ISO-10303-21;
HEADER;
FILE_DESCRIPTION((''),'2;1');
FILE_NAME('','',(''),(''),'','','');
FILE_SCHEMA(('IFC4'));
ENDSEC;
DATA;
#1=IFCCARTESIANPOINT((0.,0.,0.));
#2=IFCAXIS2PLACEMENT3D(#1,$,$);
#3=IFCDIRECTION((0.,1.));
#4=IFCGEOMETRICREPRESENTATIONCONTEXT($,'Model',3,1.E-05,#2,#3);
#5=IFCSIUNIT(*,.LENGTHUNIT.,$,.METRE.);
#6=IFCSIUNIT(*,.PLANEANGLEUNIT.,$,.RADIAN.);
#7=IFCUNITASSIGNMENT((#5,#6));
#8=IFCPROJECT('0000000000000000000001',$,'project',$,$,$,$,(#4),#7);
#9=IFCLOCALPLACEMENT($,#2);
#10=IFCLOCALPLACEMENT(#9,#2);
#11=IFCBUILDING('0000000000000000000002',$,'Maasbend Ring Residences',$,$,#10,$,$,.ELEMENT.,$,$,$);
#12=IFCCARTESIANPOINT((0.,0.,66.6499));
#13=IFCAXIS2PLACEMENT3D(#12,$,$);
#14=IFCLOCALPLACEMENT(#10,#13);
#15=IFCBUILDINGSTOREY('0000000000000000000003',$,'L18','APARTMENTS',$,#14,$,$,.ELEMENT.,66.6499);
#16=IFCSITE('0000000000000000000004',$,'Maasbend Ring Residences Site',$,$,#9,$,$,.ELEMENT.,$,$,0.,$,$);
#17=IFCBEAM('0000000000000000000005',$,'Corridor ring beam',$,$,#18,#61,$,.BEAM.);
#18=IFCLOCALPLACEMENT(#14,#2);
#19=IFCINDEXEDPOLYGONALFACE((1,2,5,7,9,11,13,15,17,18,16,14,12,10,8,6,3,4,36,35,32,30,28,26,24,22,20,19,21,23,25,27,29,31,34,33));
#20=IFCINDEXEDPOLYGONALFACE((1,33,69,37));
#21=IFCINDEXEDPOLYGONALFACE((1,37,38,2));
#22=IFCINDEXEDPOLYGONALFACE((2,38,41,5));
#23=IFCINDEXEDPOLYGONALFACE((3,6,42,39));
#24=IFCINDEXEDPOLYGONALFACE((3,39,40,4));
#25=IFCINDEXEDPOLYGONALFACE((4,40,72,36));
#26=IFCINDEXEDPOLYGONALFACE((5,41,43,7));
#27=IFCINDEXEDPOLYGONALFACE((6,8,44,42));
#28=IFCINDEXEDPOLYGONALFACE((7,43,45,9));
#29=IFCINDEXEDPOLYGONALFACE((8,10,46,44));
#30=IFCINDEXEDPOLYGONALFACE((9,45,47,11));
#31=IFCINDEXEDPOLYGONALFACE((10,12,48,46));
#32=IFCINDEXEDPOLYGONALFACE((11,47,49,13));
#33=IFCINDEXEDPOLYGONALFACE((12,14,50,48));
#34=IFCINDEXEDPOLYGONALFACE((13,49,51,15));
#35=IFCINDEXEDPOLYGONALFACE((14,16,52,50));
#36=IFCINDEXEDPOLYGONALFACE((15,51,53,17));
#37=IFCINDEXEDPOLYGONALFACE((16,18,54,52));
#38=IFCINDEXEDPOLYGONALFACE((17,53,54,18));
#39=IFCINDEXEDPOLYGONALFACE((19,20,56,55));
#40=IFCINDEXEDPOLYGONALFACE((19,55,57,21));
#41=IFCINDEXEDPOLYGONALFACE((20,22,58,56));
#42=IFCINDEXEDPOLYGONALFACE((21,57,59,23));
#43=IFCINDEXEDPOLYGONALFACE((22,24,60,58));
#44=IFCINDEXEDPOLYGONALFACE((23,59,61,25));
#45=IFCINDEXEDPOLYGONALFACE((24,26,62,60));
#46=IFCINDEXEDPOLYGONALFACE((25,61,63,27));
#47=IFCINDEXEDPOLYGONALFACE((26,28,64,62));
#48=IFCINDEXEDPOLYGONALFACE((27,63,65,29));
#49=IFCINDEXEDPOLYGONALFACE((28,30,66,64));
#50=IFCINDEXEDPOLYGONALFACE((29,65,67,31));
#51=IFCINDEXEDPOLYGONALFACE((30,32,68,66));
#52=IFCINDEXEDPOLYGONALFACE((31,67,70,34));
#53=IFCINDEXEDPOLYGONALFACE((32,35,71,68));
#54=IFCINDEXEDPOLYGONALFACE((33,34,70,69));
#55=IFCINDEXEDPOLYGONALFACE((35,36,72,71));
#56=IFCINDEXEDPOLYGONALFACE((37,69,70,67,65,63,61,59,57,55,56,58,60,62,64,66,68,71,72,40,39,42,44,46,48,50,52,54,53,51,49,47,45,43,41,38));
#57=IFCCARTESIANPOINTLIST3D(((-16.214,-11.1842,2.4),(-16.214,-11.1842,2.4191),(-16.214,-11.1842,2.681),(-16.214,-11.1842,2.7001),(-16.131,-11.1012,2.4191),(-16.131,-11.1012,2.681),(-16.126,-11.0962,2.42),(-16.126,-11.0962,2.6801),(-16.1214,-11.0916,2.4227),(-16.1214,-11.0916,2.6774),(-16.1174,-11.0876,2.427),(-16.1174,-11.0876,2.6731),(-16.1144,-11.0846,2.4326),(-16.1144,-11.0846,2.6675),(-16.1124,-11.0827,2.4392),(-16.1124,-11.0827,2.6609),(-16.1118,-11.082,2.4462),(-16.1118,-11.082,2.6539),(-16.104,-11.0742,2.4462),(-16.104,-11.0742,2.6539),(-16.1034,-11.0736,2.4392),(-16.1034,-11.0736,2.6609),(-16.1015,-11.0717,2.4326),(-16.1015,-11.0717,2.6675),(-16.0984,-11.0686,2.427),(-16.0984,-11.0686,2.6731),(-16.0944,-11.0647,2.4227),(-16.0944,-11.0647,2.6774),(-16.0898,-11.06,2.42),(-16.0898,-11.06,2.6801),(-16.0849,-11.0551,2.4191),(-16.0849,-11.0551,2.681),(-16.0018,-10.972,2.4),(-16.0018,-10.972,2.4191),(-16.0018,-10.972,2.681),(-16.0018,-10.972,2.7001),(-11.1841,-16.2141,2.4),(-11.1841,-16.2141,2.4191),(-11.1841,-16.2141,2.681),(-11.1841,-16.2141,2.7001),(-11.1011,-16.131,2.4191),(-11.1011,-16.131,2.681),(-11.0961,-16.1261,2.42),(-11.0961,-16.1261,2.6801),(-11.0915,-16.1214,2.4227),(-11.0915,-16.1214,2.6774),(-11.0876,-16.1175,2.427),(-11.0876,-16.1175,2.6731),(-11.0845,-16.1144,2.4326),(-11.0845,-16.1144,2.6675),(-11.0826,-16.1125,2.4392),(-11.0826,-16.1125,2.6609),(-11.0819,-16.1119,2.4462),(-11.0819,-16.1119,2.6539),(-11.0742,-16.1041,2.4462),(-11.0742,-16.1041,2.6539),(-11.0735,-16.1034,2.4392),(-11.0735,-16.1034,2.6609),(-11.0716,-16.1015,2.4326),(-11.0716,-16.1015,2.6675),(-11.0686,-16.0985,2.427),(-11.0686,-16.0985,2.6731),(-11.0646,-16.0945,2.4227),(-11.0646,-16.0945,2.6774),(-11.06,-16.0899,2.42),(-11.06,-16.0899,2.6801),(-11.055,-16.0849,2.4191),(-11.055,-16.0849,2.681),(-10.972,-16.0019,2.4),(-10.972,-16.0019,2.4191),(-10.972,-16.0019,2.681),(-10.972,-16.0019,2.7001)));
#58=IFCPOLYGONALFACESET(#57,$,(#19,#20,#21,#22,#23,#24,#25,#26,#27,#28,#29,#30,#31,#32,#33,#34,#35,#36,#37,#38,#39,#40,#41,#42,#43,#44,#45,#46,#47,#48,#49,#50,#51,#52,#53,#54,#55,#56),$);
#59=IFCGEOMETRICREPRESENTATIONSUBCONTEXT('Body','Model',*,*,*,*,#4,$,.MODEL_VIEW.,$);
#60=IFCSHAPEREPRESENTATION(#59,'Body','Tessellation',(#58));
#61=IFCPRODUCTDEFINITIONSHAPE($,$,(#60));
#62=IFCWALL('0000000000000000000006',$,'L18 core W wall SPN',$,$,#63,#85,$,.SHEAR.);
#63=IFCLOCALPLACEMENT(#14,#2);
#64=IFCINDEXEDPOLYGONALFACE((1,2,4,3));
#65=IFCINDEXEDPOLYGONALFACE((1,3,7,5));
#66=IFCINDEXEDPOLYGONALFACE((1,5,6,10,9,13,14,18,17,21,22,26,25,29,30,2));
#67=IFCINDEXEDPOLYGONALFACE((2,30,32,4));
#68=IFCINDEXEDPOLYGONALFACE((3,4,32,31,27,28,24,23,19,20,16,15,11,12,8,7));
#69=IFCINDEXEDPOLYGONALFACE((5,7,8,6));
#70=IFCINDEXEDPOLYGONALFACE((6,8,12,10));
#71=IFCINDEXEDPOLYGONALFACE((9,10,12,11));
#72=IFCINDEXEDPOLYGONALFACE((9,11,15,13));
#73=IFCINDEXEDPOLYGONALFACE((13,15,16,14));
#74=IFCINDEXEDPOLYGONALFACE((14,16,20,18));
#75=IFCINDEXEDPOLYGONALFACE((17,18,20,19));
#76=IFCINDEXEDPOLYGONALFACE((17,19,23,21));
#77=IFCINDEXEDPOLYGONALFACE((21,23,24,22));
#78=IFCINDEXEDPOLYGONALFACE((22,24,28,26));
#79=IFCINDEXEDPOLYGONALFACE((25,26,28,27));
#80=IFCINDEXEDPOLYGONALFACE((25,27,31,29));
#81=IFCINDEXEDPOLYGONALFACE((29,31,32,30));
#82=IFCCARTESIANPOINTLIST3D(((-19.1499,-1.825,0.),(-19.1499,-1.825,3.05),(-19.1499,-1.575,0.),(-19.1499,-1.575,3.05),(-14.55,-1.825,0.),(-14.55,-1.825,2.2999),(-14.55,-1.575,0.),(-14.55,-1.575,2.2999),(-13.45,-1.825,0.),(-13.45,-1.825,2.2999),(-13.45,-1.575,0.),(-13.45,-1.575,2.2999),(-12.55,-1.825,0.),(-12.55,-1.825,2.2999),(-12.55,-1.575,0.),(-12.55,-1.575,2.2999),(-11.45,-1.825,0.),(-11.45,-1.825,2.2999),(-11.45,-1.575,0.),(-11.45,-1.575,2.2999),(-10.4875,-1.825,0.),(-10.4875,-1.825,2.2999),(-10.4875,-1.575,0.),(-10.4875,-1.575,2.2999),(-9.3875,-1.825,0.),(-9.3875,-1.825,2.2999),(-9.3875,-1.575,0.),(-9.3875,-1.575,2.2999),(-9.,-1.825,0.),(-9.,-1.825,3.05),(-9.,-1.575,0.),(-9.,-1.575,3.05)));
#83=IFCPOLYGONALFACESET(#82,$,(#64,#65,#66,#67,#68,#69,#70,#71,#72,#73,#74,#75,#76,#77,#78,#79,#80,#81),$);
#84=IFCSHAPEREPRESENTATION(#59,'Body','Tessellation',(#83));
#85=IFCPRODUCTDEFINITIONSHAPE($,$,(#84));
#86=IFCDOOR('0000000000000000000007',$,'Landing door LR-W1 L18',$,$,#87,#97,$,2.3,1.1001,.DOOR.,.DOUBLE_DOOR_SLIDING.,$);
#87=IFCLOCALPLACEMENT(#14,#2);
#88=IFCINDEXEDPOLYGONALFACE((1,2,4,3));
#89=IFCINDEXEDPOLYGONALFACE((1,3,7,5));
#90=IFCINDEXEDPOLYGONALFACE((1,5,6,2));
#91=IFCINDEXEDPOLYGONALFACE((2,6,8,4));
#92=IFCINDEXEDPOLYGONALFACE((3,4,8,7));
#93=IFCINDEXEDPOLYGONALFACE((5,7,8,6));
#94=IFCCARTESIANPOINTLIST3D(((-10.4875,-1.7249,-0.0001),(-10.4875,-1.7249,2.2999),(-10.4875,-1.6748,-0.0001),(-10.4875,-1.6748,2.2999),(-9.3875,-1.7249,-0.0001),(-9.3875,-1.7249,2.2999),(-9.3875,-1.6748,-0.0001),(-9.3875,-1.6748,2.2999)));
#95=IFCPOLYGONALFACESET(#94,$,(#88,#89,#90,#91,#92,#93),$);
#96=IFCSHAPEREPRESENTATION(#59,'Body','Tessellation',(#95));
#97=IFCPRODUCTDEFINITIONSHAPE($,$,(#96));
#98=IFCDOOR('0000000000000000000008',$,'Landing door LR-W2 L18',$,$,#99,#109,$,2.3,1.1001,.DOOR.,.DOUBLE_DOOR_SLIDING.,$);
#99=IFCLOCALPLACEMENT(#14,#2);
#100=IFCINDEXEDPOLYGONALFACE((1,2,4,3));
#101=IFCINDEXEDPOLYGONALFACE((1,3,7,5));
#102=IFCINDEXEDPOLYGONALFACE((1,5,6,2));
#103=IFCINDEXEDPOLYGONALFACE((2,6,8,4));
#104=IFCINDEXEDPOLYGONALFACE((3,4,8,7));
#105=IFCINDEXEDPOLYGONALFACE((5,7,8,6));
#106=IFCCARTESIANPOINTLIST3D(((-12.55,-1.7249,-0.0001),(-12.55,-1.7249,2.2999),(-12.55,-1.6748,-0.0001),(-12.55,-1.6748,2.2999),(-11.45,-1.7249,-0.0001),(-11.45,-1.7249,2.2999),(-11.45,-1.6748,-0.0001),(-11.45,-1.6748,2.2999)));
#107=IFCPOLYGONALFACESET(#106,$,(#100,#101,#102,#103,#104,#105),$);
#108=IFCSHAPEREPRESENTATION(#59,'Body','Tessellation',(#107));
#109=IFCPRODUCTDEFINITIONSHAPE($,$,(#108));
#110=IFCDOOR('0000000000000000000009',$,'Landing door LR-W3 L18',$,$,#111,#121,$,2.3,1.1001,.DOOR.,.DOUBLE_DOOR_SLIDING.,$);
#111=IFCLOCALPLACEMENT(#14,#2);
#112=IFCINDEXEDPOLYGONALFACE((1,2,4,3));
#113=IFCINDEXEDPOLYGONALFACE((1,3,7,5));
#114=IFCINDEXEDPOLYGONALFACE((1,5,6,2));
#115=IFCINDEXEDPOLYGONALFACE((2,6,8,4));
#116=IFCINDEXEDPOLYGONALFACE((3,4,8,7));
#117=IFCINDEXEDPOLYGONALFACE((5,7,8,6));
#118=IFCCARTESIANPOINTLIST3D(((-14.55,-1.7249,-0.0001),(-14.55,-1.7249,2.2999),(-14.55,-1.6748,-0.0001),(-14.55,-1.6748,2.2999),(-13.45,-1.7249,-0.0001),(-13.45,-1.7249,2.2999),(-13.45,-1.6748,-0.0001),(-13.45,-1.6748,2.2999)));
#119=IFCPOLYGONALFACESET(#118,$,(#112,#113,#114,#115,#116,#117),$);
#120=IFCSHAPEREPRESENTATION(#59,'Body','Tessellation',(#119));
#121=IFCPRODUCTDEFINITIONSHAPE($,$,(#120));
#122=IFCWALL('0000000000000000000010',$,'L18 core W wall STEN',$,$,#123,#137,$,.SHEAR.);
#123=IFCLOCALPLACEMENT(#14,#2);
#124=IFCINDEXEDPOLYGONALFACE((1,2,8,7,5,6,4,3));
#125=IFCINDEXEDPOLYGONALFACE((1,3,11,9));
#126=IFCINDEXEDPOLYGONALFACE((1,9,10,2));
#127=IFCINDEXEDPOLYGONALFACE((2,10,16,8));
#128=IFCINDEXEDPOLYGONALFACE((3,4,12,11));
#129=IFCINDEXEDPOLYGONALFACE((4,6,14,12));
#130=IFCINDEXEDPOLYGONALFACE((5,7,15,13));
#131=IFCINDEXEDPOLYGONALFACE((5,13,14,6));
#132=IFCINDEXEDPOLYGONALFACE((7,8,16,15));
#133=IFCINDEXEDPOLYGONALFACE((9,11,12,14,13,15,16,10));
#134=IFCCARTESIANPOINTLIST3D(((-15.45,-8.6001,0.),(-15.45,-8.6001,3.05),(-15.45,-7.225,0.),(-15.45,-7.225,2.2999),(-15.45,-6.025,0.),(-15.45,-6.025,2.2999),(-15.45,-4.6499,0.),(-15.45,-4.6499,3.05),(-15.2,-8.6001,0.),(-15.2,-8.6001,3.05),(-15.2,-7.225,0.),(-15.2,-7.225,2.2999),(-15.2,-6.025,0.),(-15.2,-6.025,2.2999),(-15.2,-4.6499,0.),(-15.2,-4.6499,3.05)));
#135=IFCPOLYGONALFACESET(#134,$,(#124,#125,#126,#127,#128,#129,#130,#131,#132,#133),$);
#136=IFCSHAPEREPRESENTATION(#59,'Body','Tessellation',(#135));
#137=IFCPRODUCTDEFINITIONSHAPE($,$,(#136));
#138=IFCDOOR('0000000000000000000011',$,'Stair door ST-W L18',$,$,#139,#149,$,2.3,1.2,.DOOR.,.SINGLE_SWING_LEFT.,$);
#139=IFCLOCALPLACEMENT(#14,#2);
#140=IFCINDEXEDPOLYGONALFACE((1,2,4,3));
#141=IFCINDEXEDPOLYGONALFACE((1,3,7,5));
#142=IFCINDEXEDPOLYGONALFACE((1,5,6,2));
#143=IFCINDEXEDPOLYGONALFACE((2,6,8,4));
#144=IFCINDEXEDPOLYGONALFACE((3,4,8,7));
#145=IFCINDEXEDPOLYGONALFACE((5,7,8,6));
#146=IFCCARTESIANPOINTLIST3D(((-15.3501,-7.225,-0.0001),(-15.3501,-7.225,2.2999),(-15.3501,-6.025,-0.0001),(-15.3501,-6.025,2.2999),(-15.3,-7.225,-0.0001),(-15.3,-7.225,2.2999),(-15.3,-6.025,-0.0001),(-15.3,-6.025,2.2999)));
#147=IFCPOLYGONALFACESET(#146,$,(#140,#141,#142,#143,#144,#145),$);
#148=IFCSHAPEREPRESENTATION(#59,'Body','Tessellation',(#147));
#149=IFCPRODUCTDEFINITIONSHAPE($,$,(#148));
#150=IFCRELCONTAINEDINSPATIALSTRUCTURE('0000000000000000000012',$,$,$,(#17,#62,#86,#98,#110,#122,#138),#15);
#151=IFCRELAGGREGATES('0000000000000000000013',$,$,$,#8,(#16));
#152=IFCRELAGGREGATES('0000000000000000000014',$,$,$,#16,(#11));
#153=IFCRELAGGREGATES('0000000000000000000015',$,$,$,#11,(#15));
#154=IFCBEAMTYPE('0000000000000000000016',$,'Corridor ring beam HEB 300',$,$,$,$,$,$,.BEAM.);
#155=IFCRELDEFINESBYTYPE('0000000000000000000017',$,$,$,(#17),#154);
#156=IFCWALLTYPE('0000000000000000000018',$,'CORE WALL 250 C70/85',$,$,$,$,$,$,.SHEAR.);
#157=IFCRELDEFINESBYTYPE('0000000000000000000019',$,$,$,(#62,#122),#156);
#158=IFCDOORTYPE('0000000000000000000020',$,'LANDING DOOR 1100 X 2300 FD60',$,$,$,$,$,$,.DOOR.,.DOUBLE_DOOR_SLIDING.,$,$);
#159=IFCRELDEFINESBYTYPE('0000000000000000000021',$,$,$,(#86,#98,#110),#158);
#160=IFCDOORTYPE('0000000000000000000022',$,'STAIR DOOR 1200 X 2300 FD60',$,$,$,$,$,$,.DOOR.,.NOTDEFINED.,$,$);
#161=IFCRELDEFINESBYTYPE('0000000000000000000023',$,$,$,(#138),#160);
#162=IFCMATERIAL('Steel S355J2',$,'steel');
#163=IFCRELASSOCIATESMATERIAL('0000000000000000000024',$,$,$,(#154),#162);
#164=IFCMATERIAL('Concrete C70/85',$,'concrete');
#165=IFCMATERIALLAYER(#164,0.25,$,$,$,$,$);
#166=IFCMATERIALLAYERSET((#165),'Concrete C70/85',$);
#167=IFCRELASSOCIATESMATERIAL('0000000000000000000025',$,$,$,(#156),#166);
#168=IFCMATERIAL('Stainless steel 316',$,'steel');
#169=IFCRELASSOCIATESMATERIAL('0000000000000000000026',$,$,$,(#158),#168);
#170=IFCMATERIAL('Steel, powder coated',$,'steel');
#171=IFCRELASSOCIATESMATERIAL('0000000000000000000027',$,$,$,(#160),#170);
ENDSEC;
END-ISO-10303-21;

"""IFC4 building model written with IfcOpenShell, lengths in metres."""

from ifc_helpers import new_model, si_unit, direction, frame, frame_2d, origin, origin_2d, place, context, subcontext, project, spatial, rectangle, i_section, extrude, material, layer, layer_set, material_profile, profile_set, type_object, element, fill, save


model = new_model("IFC4")

# Units and contexts
model_context = context("Model", 3, precision=1e-05, world=origin(), true_north=direction((0.0, 1.0)))
body_context = subcontext(model_context, "Body", "Model", "MODEL_VIEW")
ifc_project = project(units=[si_unit("LENGTHUNIT", "METRE"), si_unit("PLANEANGLEUNIT", "RADIAN")], contexts=[model_context])

# Site, building, storey
site_placement = place(None, origin())
site = spatial("IfcSite", under=ifc_project, at=site_placement, Name="Maasbend Ring Residences Site", CompositionType="ELEMENT", RefElevation=0.0)
building_placement = place(site_placement, origin())
building = spatial("IfcBuilding", under=site, at=building_placement, Name="Maasbend Ring Residences", CompositionType="ELEMENT")
storey_placement = place(building_placement, frame((0.0, 0.0, 66.6499)))
storey = spatial("IfcBuildingStorey", under=building, at=storey_placement, Name="L18", Description="APARTMENTS", CompositionType="ELEMENT", Elevation=66.6499)

# Beam
ifc_material_1 = material(Name="Steel S355J2", Category="steel")
ifc_material_profile = material_profile(ifc_material_1, i_section(OverallWidth=0.3, OverallDepth=0.3, WebThickness=0.011, FlangeThickness=0.019, FilletRadius=0.0271, at=origin_2d()), Name="HEB 300")
ifc_profile_set = profile_set([ifc_material_profile], Name="Steel S355J2")
beam_type = type_object("IfcBeamType", Name="Corridor ring beam HEB 300", PredefinedType="BEAM", material=ifc_profile_set)
beam_placement = place(storey_placement, frame((-16.1079, -11.0781, 2.55), z_axis=(0.707107, -0.707107, 0.0), x_axis=(0.707107, 0.707107, 0.0)))
element("IfcBeam", 1, at=beam_placement, inside=storey, type_object=beam_type, Name="Corridor ring beam", PredefinedType="BEAM", context=body_context, shape_type="SweptSolid", body=[
    extrude(i_section(OverallWidth=0.3, OverallDepth=0.3, WebThickness=0.011, FlangeThickness=0.019, FilletRadius=0.0271, at=origin_2d()), origin(), (0.0, 0.0, 1.0), 7.1133),
])

# Wall, openings, doors
ifc_material_2 = material(Name="Concrete C70/85", Category="concrete")
ifc_layer_1 = layer(ifc_material_2, 0.25)
ifc_layer_set_1 = layer_set([ifc_layer_1], Name="Concrete C70/85")
wall_type_1 = type_object("IfcWallType", Name="CORE WALL 250 C70/85", PredefinedType="SHEAR", material=ifc_layer_set_1)
wall_1_placement = place(storey_placement, frame((-9.0, -1.7, 0.0), z_axis=(0.0, 0.0, 1.0), x_axis=(-1.0, 0.0, 0.0)))
wall_1 = element("IfcWall", 2, at=wall_1_placement, inside=storey, type_object=wall_type_1, Name="L18 core W wall SPN", PredefinedType="SHEAR", context=body_context, shape_type="SweptSolid", body=[
    extrude(rectangle(XDim=10.1499, YDim=0.25, at=frame_2d((5.075, 0.0))), origin(), (0.0, 0.0, 1.0), 3.05),
])
opening_1_placement = place(wall_1_placement, frame((0.3875, 0.0, 0.0)))
opening_1 = element("IfcOpeningElement", 3, at=opening_1_placement, cuts=wall_1, PredefinedType="OPENING", context=body_context, shape_type="SweptSolid", body=[
    extrude(rectangle(XDim=1.1001, YDim=2.3, at=frame_2d((0.55, 1.1499))), frame((0.0, 0.135, 0.0), z_axis=(0.0, -1.0, 0.0), x_axis=(1.0, 0.0, 0.0)), (0.0, 0.0, 1.0), 0.27),
])
opening_2_placement = place(wall_1_placement, frame((2.45, 0.0, 0.0)))
opening_2 = element("IfcOpeningElement", 4, at=opening_2_placement, cuts=wall_1, PredefinedType="OPENING", context=body_context, shape_type="SweptSolid", body=[
    extrude(rectangle(XDim=1.1001, YDim=2.3, at=frame_2d((0.55, 1.1499))), frame((0.0, 0.135, 0.0), z_axis=(0.0, -1.0, 0.0), x_axis=(1.0, 0.0, 0.0)), (0.0, 0.0, 1.0), 0.27),
])
opening_3_placement = place(wall_1_placement, frame((4.45, 0.0, 0.0)))
opening_3 = element("IfcOpeningElement", 5, at=opening_3_placement, cuts=wall_1, PredefinedType="OPENING", context=body_context, shape_type="SweptSolid", body=[
    extrude(rectangle(XDim=1.1001, YDim=2.3, at=frame_2d((0.55, 1.1499))), frame((0.0, 0.135, 0.0), z_axis=(0.0, -1.0, 0.0), x_axis=(1.0, 0.0, 0.0)), (0.0, 0.0, 1.0), 0.27),
])
ifc_material_3 = material(Name="Stainless steel 316", Category="steel")
door_type_1 = type_object("IfcDoorType", Name="LANDING DOOR 1100 X 2300 FD60", OperationType="DOUBLE_DOOR_SLIDING", PredefinedType="DOOR", material=ifc_material_3)
door_1_placement = place(opening_1_placement, origin())
door_1 = element("IfcDoor", 6, at=door_1_placement, inside=storey, type_object=door_type_1, Name="Landing door LR-W1 L18", OperationType="DOUBLE_DOOR_SLIDING", OverallHeight=2.3, OverallWidth=1.1001, PredefinedType="DOOR", context=body_context, shape_type="SweptSolid", body=[
    extrude(rectangle(XDim=1.1001, YDim=2.3, at=frame_2d((0.55, 1.1499))), frame((0.0, 0.0249, 0.0), z_axis=(0.0, -1.0, 0.0), x_axis=(1.0, 0.0, 0.0)), (0.0, 0.0, 1.0), 0.05),
])
fill(opening_1, door_1)
door_2_placement = place(opening_2_placement, origin())
door_2 = element("IfcDoor", 7, at=door_2_placement, inside=storey, type_object=door_type_1, Name="Landing door LR-W2 L18", OperationType="DOUBLE_DOOR_SLIDING", OverallHeight=2.3, OverallWidth=1.1001, PredefinedType="DOOR", context=body_context, shape_type="SweptSolid", body=[
    extrude(rectangle(XDim=1.1001, YDim=2.3, at=frame_2d((0.55, 1.1499))), frame((0.0, 0.0249, 0.0), z_axis=(0.0, -1.0, 0.0), x_axis=(1.0, 0.0, 0.0)), (0.0, 0.0, 1.0), 0.05),
])
fill(opening_2, door_2)
door_3_placement = place(opening_3_placement, origin())
door_3 = element("IfcDoor", 8, at=door_3_placement, inside=storey, type_object=door_type_1, Name="Landing door LR-W3 L18", OperationType="DOUBLE_DOOR_SLIDING", OverallHeight=2.3, OverallWidth=1.1001, PredefinedType="DOOR", context=body_context, shape_type="SweptSolid", body=[
    extrude(rectangle(XDim=1.1001, YDim=2.3, at=frame_2d((0.55, 1.1499))), frame((0.0, 0.0249, 0.0), z_axis=(0.0, -1.0, 0.0), x_axis=(1.0, 0.0, 0.0)), (0.0, 0.0, 1.0), 0.05),
])
fill(opening_3, door_3)

# Wall, opening, door
wall_2_placement = place(storey_placement, frame((-15.325, -4.6499, 0.0), z_axis=(0.0, 0.0, 1.0), x_axis=(0.0, -1.0, 0.0)))
wall_2 = element("IfcWall", 9, at=wall_2_placement, inside=storey, type_object=wall_type_1, Name="L18 core W wall STEN", PredefinedType="SHEAR", context=body_context, shape_type="SweptSolid", body=[
    extrude(rectangle(XDim=3.9502, YDim=0.25, at=frame_2d((1.9751, 0.0))), origin(), (0.0, 0.0, 1.0), 3.05),
])
opening_4_placement = place(wall_2_placement, frame((1.375, 0.0, 0.0)))
opening_4 = element("IfcOpeningElement", 10, at=opening_4_placement, cuts=wall_2, PredefinedType="OPENING", context=body_context, shape_type="SweptSolid", body=[
    extrude(rectangle(XDim=1.2, YDim=2.3, at=frame_2d((0.6001, 1.1499))), frame((0.0, 0.135, 0.0), z_axis=(0.0, -1.0, 0.0), x_axis=(1.0, 0.0, 0.0)), (0.0, 0.0, 1.0), 0.27),
])
ifc_material_4 = material(Name="Steel, powder coated", Category="steel")
door_type_2 = type_object("IfcDoorType", Name="STAIR DOOR 1200 X 2300 FD60", OperationType="NOTDEFINED", PredefinedType="DOOR", material=ifc_material_4)
door_4_placement = place(opening_4_placement, origin())
door_4 = element("IfcDoor", 11, at=door_4_placement, inside=storey, type_object=door_type_2, Name="Stair door ST-W L18", OperationType="SINGLE_SWING_LEFT", OverallHeight=2.3, OverallWidth=1.2, PredefinedType="DOOR", context=body_context, shape_type="SweptSolid", body=[
    extrude(rectangle(XDim=1.2, YDim=2.3, at=frame_2d((0.6001, 1.1499))), frame((0.0, 0.0249, 0.0), z_axis=(0.0, -1.0, 0.0), x_axis=(1.0, 0.0, 0.0)), (0.0, 0.0, 1.0), 0.05),
])
fill(opening_4, door_4)

save(model, "model.ifc")
